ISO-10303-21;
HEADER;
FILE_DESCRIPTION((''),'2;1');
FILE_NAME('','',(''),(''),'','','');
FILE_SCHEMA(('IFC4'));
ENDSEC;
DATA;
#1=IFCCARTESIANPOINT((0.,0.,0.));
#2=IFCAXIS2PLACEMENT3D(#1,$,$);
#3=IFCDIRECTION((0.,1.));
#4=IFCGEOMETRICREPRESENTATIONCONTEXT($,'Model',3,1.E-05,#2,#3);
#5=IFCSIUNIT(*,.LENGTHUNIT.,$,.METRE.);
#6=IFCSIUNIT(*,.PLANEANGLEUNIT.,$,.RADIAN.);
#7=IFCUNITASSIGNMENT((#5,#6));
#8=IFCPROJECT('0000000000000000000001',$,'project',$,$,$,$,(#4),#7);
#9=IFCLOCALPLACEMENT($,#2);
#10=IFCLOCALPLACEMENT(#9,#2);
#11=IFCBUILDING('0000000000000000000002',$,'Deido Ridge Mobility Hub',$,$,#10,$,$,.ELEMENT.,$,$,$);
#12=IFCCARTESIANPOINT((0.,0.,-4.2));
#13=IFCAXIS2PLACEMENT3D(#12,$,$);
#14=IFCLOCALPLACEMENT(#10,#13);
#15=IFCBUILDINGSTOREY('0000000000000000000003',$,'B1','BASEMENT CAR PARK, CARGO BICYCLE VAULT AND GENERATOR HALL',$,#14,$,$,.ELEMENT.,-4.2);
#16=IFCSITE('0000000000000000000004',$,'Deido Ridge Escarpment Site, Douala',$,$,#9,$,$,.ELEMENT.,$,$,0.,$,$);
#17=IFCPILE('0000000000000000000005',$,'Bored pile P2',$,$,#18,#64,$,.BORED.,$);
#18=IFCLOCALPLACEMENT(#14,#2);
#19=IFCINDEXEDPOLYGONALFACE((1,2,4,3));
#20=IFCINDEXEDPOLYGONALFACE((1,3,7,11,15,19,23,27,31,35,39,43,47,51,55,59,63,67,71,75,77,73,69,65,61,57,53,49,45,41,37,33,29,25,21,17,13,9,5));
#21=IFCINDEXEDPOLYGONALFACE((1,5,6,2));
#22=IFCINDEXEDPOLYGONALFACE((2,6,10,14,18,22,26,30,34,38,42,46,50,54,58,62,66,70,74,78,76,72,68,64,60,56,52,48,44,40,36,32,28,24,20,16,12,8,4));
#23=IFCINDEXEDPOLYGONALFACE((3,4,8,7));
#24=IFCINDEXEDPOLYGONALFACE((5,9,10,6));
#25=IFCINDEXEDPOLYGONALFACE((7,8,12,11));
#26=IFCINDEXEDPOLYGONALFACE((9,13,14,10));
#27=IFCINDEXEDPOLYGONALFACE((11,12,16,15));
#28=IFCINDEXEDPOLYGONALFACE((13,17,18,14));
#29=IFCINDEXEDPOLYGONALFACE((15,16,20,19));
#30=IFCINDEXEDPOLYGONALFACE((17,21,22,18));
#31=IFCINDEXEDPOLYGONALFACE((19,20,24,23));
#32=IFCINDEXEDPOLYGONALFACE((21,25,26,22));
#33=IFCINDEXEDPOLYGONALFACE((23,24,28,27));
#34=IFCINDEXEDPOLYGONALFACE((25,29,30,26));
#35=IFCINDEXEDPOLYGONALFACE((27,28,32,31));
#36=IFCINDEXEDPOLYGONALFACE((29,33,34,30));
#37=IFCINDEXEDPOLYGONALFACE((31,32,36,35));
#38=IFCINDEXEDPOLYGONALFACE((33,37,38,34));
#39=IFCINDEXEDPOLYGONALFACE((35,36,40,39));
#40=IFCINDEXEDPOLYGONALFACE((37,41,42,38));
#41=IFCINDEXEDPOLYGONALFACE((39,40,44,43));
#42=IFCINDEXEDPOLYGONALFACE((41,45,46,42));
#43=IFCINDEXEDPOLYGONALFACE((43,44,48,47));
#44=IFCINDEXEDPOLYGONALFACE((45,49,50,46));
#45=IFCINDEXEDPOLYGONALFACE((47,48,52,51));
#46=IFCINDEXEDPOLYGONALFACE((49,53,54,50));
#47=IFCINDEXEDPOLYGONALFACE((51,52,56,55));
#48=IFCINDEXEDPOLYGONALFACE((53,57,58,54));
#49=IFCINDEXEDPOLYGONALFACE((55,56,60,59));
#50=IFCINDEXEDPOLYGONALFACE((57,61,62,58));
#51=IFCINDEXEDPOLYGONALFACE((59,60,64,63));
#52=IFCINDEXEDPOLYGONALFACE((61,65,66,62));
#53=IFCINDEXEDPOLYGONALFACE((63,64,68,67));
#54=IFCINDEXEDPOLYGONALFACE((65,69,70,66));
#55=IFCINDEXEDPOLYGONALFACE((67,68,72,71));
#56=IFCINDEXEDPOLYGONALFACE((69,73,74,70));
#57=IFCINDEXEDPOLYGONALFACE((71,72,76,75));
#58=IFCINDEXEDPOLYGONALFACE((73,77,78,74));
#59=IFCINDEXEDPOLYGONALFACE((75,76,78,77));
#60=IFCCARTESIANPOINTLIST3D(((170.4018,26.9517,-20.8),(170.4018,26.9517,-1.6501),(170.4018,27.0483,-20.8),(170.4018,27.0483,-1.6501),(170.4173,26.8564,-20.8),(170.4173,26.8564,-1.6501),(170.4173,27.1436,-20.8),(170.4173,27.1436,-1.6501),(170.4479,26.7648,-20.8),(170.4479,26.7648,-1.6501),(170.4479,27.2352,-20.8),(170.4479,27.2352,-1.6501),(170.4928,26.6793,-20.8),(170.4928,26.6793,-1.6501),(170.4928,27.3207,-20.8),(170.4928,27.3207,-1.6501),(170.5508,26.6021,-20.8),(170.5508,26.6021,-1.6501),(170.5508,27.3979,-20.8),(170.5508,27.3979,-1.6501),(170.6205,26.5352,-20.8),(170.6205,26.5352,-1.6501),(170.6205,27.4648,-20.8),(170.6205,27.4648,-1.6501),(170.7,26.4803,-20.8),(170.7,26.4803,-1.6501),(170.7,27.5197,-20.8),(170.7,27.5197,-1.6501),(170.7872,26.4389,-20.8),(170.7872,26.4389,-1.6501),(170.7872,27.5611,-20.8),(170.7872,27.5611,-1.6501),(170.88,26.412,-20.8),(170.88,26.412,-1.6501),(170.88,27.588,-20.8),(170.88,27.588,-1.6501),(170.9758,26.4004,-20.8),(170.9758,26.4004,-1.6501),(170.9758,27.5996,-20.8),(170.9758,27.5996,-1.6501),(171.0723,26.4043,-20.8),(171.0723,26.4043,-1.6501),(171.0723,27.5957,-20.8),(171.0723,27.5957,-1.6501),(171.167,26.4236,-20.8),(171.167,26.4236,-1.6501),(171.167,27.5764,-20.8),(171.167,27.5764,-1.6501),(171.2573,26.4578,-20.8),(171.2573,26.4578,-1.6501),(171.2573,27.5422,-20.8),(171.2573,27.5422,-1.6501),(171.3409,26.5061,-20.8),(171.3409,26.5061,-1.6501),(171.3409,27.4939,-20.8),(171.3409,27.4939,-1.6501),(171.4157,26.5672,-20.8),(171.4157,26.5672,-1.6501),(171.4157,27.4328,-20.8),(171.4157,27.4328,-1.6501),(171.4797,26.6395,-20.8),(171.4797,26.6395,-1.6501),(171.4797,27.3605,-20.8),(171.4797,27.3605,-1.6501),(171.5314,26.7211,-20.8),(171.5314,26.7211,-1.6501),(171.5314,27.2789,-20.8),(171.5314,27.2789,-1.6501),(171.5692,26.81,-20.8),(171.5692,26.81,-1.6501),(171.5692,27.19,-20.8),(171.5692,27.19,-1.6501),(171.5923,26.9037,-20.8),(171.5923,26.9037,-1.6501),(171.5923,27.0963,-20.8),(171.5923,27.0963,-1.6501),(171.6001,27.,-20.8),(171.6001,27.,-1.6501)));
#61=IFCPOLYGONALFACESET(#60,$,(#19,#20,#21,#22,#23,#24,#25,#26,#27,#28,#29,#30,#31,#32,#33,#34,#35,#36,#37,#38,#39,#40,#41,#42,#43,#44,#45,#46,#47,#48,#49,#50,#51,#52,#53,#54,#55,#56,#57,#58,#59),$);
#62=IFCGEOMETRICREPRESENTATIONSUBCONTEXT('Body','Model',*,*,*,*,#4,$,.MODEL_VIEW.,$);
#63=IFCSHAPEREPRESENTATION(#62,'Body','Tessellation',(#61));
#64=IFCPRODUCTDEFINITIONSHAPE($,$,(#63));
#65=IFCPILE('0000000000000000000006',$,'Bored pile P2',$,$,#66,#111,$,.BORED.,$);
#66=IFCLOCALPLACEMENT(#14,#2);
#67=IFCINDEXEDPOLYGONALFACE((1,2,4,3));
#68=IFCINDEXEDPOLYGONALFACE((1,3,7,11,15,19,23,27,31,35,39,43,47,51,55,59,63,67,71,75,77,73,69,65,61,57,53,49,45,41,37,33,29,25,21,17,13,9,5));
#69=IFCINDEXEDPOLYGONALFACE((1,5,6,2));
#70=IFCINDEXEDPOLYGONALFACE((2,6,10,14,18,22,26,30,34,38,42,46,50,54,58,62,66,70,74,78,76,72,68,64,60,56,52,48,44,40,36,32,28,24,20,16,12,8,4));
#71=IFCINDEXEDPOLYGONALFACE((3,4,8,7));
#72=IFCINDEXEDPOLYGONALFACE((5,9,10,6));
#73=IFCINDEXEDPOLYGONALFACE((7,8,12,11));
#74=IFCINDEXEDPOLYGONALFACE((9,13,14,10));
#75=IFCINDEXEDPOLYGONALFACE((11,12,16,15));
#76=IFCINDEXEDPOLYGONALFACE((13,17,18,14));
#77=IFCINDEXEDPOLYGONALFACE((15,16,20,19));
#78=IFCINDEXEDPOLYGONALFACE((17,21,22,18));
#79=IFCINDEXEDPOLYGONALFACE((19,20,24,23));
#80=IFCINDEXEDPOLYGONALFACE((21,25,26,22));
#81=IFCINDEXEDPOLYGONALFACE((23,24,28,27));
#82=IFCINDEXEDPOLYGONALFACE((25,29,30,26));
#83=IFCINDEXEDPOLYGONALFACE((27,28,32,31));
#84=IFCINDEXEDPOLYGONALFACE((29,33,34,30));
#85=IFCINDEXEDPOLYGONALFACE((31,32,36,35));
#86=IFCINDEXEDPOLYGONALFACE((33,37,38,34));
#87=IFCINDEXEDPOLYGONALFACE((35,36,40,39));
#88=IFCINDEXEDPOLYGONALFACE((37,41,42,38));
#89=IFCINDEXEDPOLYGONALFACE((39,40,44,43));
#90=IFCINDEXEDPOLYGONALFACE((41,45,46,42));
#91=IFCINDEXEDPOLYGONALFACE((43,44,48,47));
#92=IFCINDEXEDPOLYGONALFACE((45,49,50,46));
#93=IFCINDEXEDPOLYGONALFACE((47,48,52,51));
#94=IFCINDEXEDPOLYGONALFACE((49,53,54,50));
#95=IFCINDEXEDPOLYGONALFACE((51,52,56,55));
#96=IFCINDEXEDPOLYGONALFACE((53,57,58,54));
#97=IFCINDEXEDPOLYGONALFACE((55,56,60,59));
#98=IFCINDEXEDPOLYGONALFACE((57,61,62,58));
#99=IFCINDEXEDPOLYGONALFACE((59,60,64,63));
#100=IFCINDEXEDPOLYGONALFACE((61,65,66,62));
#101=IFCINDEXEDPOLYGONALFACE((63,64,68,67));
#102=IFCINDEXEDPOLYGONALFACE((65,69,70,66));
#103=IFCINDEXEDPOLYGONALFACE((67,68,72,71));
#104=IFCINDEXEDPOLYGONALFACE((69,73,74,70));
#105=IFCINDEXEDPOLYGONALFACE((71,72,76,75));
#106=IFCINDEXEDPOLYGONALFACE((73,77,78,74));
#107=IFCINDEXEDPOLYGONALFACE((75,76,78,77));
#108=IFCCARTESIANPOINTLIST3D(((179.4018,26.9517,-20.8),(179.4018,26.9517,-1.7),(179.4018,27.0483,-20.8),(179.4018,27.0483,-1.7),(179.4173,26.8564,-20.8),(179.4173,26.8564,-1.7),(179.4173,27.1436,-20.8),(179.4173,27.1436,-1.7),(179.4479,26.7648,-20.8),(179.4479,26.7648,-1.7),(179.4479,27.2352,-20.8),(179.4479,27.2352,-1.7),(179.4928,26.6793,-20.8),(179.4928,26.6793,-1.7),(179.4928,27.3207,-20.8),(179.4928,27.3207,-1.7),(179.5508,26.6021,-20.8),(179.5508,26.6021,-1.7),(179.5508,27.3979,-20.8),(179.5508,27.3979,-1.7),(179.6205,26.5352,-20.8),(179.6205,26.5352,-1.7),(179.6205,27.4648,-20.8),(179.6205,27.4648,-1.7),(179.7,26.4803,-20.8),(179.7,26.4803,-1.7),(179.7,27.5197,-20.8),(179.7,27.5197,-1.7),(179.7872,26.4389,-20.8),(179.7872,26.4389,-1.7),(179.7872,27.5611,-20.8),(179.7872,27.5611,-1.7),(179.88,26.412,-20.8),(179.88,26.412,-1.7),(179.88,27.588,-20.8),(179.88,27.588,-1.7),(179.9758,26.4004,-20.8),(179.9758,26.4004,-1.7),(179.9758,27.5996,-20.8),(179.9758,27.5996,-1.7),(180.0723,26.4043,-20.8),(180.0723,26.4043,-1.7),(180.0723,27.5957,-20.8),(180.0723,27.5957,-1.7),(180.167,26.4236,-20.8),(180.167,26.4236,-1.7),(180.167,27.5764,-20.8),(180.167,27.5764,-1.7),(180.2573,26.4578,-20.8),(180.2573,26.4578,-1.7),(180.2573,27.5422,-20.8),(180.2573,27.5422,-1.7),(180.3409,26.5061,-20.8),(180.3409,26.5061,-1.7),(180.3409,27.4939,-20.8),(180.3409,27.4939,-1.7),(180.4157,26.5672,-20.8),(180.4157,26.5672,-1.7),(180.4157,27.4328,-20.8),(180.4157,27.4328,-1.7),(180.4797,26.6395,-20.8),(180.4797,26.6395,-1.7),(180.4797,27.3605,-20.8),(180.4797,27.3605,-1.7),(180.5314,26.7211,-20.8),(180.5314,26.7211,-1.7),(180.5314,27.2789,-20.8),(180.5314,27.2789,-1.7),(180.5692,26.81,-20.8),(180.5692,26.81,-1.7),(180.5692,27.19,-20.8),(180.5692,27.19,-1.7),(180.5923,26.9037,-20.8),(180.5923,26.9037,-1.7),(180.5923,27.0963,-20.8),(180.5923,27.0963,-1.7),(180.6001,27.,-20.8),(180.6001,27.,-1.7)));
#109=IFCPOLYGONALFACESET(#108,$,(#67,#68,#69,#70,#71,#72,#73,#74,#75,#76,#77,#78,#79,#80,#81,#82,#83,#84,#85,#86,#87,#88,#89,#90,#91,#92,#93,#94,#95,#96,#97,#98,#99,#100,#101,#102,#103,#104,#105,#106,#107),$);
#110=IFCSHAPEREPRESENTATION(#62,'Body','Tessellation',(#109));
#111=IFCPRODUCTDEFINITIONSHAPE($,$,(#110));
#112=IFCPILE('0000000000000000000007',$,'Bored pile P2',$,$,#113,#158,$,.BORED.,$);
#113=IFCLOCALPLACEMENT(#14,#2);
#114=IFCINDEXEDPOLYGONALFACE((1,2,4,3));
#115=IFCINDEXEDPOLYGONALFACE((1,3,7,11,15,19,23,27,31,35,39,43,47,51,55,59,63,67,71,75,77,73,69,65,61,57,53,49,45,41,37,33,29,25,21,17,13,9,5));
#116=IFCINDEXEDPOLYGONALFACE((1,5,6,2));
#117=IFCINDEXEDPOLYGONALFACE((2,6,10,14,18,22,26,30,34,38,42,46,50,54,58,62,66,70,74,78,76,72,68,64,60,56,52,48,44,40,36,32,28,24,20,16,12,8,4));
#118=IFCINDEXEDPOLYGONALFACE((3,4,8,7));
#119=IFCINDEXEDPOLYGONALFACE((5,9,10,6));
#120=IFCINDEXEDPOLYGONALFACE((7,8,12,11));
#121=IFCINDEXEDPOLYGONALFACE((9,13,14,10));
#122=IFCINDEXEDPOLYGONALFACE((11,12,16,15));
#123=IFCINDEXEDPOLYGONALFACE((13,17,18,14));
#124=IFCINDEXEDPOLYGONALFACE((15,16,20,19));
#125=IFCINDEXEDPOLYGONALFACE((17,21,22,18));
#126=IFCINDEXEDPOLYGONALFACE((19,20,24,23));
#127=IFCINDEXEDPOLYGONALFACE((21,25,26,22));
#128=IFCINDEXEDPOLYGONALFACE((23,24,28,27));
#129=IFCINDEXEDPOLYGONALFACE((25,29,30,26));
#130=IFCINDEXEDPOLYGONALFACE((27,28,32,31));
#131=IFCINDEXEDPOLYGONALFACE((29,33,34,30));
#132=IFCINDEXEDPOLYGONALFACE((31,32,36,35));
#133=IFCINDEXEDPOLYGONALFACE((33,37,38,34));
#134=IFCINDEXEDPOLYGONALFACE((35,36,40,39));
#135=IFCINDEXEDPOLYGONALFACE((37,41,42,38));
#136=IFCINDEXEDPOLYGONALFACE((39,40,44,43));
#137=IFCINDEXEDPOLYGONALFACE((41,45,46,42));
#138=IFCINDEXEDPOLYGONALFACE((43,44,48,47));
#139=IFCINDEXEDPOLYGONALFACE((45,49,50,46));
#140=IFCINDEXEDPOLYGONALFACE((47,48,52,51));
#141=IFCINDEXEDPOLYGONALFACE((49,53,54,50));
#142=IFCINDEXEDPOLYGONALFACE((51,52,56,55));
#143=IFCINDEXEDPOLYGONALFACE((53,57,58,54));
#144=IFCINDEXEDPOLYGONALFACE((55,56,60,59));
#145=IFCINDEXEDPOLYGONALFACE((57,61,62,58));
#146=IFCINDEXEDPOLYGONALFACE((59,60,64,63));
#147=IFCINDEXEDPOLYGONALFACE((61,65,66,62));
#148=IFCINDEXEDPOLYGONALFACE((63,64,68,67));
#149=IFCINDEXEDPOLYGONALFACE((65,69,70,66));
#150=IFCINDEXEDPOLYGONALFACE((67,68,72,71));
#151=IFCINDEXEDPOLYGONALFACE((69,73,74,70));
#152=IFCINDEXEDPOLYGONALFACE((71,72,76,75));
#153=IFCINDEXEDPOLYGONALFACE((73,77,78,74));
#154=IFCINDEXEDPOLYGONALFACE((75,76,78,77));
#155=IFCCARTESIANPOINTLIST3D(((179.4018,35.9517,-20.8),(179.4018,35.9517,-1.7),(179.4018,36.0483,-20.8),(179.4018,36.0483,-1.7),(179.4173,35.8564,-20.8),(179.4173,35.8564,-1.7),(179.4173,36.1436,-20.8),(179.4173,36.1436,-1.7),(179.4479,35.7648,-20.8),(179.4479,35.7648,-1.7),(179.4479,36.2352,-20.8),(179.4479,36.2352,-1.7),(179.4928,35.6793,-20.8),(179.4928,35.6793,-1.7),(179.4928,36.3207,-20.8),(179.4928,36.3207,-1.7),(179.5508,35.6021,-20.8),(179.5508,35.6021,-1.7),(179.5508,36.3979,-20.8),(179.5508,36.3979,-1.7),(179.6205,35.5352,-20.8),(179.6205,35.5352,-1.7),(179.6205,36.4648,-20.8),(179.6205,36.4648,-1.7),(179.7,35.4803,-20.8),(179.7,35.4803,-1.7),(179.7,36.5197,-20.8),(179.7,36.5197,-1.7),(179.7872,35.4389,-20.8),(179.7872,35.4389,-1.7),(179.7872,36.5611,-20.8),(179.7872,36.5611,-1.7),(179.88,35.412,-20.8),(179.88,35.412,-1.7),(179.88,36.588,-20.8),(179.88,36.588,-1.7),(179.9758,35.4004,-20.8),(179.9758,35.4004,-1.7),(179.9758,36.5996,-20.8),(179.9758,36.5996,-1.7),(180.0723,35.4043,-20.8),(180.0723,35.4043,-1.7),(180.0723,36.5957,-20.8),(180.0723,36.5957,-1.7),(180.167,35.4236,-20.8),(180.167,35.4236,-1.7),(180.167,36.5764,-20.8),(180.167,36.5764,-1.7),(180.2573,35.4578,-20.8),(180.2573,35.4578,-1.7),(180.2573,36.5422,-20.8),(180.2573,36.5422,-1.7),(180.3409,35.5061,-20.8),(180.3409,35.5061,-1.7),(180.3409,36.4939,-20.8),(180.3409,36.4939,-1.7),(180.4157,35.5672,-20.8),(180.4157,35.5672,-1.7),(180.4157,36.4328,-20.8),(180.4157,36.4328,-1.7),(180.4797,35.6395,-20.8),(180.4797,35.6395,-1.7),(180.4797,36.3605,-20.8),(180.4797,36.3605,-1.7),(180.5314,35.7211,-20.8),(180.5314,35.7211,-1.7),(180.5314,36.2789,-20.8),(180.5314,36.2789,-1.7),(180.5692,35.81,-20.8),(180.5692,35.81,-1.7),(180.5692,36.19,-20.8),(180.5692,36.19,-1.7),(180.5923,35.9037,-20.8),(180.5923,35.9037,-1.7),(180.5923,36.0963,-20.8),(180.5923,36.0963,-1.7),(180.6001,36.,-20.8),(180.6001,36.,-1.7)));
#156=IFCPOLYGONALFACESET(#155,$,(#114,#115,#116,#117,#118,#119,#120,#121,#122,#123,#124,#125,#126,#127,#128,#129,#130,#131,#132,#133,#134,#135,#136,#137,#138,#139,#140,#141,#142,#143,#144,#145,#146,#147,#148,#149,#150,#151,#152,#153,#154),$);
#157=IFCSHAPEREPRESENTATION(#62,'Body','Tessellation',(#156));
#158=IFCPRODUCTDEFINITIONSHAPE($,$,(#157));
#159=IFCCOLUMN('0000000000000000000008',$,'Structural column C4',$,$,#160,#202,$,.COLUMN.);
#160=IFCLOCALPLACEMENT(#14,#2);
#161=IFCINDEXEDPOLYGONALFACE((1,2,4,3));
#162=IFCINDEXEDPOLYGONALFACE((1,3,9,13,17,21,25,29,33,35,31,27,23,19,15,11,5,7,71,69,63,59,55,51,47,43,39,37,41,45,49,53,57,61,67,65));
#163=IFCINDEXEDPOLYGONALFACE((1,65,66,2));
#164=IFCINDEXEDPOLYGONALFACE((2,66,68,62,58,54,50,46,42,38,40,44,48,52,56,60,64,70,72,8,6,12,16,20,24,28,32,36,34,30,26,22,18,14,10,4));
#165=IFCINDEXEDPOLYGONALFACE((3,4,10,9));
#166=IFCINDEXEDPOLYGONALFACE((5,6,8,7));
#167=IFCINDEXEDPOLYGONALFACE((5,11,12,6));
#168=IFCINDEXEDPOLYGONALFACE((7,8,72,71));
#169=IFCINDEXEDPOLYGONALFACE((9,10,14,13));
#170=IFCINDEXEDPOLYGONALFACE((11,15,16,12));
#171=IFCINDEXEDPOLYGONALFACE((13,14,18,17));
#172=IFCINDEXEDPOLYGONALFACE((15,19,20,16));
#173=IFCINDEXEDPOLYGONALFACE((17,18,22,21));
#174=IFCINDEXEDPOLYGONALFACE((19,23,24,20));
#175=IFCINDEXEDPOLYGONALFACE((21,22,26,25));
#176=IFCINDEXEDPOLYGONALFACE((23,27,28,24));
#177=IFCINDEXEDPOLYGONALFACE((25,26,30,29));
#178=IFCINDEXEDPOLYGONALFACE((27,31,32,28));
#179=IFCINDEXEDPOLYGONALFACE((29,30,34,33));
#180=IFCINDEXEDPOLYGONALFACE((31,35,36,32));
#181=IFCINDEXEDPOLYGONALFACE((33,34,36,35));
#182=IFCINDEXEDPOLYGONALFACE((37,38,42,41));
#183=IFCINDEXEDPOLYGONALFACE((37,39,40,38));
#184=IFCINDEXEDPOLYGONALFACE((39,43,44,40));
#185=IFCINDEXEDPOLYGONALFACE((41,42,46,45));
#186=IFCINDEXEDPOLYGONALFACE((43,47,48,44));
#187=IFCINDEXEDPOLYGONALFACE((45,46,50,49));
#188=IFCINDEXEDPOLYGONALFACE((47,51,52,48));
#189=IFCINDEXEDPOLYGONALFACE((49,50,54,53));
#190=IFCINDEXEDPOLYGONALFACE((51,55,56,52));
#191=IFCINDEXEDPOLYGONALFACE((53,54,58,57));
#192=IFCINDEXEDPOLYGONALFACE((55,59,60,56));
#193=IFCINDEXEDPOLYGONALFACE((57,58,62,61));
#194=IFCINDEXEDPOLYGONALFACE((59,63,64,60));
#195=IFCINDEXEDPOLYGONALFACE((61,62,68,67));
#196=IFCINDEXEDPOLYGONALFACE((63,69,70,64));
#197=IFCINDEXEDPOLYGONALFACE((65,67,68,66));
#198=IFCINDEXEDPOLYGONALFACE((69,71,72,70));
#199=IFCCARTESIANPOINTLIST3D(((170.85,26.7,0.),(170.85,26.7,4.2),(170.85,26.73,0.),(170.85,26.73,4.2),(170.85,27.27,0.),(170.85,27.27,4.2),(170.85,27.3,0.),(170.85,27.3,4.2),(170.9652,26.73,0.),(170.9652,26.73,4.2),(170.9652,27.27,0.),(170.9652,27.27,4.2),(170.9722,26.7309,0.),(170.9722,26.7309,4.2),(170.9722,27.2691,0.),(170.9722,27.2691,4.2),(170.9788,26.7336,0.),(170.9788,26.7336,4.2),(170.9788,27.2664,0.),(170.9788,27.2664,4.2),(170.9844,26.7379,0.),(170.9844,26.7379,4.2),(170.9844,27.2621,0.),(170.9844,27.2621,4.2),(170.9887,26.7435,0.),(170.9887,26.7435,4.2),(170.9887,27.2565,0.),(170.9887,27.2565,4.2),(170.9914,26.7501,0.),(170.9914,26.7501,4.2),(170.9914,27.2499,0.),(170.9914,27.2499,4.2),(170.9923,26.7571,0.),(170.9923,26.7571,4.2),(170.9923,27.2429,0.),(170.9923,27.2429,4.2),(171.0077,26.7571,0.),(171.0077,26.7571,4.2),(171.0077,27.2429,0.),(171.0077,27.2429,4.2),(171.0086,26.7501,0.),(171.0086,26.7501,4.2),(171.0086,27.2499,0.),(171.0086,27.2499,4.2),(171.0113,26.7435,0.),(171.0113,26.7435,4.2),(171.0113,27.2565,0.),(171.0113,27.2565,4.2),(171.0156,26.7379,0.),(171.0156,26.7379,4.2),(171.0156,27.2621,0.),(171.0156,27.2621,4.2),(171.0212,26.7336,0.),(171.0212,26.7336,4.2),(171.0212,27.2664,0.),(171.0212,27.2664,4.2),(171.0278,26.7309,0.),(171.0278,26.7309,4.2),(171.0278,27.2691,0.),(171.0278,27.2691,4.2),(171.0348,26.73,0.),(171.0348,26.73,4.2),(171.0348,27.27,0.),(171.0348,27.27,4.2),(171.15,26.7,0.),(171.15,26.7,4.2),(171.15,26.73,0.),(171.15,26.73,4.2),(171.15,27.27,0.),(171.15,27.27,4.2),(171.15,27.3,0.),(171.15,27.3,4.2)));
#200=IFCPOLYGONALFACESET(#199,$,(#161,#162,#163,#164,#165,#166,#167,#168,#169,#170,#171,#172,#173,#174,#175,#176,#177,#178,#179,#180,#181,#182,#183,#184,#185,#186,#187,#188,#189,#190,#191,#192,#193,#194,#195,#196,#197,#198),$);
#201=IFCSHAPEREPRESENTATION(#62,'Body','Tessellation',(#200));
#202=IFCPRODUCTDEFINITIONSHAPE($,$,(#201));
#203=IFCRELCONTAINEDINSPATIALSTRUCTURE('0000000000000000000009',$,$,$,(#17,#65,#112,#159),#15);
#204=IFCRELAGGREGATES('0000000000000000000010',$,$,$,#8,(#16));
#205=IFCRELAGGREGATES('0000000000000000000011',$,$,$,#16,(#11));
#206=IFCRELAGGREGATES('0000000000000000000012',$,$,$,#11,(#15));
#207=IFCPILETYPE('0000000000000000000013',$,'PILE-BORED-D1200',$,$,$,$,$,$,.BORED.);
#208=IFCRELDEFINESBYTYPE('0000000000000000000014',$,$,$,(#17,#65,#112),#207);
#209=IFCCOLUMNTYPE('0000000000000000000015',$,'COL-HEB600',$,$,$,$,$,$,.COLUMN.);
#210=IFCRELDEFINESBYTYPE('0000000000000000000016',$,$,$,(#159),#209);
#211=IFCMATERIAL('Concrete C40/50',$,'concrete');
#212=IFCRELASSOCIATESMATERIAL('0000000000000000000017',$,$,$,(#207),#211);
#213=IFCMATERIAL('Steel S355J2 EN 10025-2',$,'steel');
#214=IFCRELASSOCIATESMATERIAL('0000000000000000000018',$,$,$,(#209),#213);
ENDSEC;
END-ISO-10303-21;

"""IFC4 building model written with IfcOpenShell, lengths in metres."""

from ifc_helpers import new_model, si_unit, direction, frame, origin, origin_2d, place, context, subcontext, project, spatial, circle, i_section, extrude, material, material_profile, profile_set, type_object, element, save


model = new_model("IFC4")

# Units and contexts
model_context = context("Model", 3, precision=1e-05, world=origin(), true_north=direction((0.0, 1.0)))
body_context = subcontext(model_context, "Body", "Model", "MODEL_VIEW")
ifc_project = project(units=[si_unit("LENGTHUNIT", "METRE"), si_unit("PLANEANGLEUNIT", "RADIAN")], contexts=[model_context])

# Site, building, storey
site_placement = place(None, origin())
site = spatial("IfcSite", under=ifc_project, at=site_placement, Name="Deido Ridge Escarpment Site, Douala", CompositionType="ELEMENT", RefElevation=0.0)
building_placement = place(site_placement, origin())
building = spatial("IfcBuilding", under=site, at=building_placement, Name="Deido Ridge Mobility Hub", CompositionType="ELEMENT")
storey_placement = place(building_placement, frame((0.0, 0.0, -4.2)))
storey = spatial("IfcBuildingStorey", under=building, at=storey_placement, Name="B1", Description="BASEMENT CAR PARK, CARGO BICYCLE VAULT AND GENERATOR HALL", CompositionType="ELEMENT", Elevation=-4.2)

# Shared definitions
ifc_material_1 = material(Name="Concrete C40/50", Category="concrete")

# Piles
ifc_material_profile_1 = material_profile(ifc_material_1, circle(Radius=0.6001, at=origin_2d()), Name="BORED PILE D1200")
ifc_profile_set_1 = profile_set([ifc_material_profile_1], Name="Concrete C40/50")
pile_type = type_object("IfcPileType", Name="PILE-BORED-D1200", PredefinedType="BORED", material=ifc_profile_set_1)
pile_placement = place(storey_placement, frame((171.0, 27.0, -1.6501), z_axis=(0.0, 0.0, -1.0), x_axis=(1.0, 0.0, 0.0)))
element("IfcPile", 1, at=pile_placement, inside=storey, type_object=pile_type, Name="Bored pile P2", PredefinedType="BORED", context=body_context, shape_type="SweptSolid", body=[
    extrude(circle(Radius=0.6001, at=origin_2d()), origin(), (0.0, 0.0, 1.0), 19.1499),
])
for number, where, z_axis, x_axis, name in (
    (2, (180.0, 27.0, -1.7), (0.0, 0.0, -1.0), (1.0, 0.0, 0.0), "Bored pile P2"),
    (3, (180.0, 36.0, -1.7), (0.0, 0.0, -1.0), (1.0, 0.0, 0.0), "Bored pile P2"),
):
    element("IfcPile", number, at=place(storey_placement, frame(where, z_axis=z_axis, x_axis=x_axis)), inside=storey, type_object=pile_type, Name=name, PredefinedType="BORED", context=body_context, shape_type="SweptSolid", body=[
        extrude(circle(Radius=0.6001, at=origin_2d()), origin(), (0.0, 0.0, 1.0), 19.1001),
    ])

# Column
ifc_material_2 = material(Name="Steel S355J2 EN 10025-2", Category="steel")
ifc_material_profile_2 = material_profile(ifc_material_2, i_section(OverallWidth=0.3, OverallDepth=0.6001, WebThickness=0.0154, FlangeThickness=0.03, FilletRadius=0.0271, at=origin_2d()), Name="HEB 600")
ifc_profile_set_2 = profile_set([ifc_material_profile_2], Name="Steel S355J2 EN 10025-2")
column_type = type_object("IfcColumnType", Name="COL-HEB600", PredefinedType="COLUMN", material=ifc_profile_set_2)
for number, where, z_axis, x_axis, name in (
    (4, (171.0, 27.0, 0.0), (0.0, 0.0, 1.0), (1.0, 0.0, 0.0), "Structural column C4"),
):
    element("IfcColumn", number, at=place(storey_placement, frame(where, z_axis=z_axis, x_axis=x_axis)), inside=storey, type_object=column_type, Name=name, PredefinedType="COLUMN", context=body_context, shape_type="SweptSolid", body=[
        extrude(i_section(OverallWidth=0.3, OverallDepth=0.6001, WebThickness=0.0154, FlangeThickness=0.03, FilletRadius=0.0271, at=origin_2d()), origin(), (0.0, 0.0, 1.0), 4.2),
    ])

save(model, "model.ifc")
